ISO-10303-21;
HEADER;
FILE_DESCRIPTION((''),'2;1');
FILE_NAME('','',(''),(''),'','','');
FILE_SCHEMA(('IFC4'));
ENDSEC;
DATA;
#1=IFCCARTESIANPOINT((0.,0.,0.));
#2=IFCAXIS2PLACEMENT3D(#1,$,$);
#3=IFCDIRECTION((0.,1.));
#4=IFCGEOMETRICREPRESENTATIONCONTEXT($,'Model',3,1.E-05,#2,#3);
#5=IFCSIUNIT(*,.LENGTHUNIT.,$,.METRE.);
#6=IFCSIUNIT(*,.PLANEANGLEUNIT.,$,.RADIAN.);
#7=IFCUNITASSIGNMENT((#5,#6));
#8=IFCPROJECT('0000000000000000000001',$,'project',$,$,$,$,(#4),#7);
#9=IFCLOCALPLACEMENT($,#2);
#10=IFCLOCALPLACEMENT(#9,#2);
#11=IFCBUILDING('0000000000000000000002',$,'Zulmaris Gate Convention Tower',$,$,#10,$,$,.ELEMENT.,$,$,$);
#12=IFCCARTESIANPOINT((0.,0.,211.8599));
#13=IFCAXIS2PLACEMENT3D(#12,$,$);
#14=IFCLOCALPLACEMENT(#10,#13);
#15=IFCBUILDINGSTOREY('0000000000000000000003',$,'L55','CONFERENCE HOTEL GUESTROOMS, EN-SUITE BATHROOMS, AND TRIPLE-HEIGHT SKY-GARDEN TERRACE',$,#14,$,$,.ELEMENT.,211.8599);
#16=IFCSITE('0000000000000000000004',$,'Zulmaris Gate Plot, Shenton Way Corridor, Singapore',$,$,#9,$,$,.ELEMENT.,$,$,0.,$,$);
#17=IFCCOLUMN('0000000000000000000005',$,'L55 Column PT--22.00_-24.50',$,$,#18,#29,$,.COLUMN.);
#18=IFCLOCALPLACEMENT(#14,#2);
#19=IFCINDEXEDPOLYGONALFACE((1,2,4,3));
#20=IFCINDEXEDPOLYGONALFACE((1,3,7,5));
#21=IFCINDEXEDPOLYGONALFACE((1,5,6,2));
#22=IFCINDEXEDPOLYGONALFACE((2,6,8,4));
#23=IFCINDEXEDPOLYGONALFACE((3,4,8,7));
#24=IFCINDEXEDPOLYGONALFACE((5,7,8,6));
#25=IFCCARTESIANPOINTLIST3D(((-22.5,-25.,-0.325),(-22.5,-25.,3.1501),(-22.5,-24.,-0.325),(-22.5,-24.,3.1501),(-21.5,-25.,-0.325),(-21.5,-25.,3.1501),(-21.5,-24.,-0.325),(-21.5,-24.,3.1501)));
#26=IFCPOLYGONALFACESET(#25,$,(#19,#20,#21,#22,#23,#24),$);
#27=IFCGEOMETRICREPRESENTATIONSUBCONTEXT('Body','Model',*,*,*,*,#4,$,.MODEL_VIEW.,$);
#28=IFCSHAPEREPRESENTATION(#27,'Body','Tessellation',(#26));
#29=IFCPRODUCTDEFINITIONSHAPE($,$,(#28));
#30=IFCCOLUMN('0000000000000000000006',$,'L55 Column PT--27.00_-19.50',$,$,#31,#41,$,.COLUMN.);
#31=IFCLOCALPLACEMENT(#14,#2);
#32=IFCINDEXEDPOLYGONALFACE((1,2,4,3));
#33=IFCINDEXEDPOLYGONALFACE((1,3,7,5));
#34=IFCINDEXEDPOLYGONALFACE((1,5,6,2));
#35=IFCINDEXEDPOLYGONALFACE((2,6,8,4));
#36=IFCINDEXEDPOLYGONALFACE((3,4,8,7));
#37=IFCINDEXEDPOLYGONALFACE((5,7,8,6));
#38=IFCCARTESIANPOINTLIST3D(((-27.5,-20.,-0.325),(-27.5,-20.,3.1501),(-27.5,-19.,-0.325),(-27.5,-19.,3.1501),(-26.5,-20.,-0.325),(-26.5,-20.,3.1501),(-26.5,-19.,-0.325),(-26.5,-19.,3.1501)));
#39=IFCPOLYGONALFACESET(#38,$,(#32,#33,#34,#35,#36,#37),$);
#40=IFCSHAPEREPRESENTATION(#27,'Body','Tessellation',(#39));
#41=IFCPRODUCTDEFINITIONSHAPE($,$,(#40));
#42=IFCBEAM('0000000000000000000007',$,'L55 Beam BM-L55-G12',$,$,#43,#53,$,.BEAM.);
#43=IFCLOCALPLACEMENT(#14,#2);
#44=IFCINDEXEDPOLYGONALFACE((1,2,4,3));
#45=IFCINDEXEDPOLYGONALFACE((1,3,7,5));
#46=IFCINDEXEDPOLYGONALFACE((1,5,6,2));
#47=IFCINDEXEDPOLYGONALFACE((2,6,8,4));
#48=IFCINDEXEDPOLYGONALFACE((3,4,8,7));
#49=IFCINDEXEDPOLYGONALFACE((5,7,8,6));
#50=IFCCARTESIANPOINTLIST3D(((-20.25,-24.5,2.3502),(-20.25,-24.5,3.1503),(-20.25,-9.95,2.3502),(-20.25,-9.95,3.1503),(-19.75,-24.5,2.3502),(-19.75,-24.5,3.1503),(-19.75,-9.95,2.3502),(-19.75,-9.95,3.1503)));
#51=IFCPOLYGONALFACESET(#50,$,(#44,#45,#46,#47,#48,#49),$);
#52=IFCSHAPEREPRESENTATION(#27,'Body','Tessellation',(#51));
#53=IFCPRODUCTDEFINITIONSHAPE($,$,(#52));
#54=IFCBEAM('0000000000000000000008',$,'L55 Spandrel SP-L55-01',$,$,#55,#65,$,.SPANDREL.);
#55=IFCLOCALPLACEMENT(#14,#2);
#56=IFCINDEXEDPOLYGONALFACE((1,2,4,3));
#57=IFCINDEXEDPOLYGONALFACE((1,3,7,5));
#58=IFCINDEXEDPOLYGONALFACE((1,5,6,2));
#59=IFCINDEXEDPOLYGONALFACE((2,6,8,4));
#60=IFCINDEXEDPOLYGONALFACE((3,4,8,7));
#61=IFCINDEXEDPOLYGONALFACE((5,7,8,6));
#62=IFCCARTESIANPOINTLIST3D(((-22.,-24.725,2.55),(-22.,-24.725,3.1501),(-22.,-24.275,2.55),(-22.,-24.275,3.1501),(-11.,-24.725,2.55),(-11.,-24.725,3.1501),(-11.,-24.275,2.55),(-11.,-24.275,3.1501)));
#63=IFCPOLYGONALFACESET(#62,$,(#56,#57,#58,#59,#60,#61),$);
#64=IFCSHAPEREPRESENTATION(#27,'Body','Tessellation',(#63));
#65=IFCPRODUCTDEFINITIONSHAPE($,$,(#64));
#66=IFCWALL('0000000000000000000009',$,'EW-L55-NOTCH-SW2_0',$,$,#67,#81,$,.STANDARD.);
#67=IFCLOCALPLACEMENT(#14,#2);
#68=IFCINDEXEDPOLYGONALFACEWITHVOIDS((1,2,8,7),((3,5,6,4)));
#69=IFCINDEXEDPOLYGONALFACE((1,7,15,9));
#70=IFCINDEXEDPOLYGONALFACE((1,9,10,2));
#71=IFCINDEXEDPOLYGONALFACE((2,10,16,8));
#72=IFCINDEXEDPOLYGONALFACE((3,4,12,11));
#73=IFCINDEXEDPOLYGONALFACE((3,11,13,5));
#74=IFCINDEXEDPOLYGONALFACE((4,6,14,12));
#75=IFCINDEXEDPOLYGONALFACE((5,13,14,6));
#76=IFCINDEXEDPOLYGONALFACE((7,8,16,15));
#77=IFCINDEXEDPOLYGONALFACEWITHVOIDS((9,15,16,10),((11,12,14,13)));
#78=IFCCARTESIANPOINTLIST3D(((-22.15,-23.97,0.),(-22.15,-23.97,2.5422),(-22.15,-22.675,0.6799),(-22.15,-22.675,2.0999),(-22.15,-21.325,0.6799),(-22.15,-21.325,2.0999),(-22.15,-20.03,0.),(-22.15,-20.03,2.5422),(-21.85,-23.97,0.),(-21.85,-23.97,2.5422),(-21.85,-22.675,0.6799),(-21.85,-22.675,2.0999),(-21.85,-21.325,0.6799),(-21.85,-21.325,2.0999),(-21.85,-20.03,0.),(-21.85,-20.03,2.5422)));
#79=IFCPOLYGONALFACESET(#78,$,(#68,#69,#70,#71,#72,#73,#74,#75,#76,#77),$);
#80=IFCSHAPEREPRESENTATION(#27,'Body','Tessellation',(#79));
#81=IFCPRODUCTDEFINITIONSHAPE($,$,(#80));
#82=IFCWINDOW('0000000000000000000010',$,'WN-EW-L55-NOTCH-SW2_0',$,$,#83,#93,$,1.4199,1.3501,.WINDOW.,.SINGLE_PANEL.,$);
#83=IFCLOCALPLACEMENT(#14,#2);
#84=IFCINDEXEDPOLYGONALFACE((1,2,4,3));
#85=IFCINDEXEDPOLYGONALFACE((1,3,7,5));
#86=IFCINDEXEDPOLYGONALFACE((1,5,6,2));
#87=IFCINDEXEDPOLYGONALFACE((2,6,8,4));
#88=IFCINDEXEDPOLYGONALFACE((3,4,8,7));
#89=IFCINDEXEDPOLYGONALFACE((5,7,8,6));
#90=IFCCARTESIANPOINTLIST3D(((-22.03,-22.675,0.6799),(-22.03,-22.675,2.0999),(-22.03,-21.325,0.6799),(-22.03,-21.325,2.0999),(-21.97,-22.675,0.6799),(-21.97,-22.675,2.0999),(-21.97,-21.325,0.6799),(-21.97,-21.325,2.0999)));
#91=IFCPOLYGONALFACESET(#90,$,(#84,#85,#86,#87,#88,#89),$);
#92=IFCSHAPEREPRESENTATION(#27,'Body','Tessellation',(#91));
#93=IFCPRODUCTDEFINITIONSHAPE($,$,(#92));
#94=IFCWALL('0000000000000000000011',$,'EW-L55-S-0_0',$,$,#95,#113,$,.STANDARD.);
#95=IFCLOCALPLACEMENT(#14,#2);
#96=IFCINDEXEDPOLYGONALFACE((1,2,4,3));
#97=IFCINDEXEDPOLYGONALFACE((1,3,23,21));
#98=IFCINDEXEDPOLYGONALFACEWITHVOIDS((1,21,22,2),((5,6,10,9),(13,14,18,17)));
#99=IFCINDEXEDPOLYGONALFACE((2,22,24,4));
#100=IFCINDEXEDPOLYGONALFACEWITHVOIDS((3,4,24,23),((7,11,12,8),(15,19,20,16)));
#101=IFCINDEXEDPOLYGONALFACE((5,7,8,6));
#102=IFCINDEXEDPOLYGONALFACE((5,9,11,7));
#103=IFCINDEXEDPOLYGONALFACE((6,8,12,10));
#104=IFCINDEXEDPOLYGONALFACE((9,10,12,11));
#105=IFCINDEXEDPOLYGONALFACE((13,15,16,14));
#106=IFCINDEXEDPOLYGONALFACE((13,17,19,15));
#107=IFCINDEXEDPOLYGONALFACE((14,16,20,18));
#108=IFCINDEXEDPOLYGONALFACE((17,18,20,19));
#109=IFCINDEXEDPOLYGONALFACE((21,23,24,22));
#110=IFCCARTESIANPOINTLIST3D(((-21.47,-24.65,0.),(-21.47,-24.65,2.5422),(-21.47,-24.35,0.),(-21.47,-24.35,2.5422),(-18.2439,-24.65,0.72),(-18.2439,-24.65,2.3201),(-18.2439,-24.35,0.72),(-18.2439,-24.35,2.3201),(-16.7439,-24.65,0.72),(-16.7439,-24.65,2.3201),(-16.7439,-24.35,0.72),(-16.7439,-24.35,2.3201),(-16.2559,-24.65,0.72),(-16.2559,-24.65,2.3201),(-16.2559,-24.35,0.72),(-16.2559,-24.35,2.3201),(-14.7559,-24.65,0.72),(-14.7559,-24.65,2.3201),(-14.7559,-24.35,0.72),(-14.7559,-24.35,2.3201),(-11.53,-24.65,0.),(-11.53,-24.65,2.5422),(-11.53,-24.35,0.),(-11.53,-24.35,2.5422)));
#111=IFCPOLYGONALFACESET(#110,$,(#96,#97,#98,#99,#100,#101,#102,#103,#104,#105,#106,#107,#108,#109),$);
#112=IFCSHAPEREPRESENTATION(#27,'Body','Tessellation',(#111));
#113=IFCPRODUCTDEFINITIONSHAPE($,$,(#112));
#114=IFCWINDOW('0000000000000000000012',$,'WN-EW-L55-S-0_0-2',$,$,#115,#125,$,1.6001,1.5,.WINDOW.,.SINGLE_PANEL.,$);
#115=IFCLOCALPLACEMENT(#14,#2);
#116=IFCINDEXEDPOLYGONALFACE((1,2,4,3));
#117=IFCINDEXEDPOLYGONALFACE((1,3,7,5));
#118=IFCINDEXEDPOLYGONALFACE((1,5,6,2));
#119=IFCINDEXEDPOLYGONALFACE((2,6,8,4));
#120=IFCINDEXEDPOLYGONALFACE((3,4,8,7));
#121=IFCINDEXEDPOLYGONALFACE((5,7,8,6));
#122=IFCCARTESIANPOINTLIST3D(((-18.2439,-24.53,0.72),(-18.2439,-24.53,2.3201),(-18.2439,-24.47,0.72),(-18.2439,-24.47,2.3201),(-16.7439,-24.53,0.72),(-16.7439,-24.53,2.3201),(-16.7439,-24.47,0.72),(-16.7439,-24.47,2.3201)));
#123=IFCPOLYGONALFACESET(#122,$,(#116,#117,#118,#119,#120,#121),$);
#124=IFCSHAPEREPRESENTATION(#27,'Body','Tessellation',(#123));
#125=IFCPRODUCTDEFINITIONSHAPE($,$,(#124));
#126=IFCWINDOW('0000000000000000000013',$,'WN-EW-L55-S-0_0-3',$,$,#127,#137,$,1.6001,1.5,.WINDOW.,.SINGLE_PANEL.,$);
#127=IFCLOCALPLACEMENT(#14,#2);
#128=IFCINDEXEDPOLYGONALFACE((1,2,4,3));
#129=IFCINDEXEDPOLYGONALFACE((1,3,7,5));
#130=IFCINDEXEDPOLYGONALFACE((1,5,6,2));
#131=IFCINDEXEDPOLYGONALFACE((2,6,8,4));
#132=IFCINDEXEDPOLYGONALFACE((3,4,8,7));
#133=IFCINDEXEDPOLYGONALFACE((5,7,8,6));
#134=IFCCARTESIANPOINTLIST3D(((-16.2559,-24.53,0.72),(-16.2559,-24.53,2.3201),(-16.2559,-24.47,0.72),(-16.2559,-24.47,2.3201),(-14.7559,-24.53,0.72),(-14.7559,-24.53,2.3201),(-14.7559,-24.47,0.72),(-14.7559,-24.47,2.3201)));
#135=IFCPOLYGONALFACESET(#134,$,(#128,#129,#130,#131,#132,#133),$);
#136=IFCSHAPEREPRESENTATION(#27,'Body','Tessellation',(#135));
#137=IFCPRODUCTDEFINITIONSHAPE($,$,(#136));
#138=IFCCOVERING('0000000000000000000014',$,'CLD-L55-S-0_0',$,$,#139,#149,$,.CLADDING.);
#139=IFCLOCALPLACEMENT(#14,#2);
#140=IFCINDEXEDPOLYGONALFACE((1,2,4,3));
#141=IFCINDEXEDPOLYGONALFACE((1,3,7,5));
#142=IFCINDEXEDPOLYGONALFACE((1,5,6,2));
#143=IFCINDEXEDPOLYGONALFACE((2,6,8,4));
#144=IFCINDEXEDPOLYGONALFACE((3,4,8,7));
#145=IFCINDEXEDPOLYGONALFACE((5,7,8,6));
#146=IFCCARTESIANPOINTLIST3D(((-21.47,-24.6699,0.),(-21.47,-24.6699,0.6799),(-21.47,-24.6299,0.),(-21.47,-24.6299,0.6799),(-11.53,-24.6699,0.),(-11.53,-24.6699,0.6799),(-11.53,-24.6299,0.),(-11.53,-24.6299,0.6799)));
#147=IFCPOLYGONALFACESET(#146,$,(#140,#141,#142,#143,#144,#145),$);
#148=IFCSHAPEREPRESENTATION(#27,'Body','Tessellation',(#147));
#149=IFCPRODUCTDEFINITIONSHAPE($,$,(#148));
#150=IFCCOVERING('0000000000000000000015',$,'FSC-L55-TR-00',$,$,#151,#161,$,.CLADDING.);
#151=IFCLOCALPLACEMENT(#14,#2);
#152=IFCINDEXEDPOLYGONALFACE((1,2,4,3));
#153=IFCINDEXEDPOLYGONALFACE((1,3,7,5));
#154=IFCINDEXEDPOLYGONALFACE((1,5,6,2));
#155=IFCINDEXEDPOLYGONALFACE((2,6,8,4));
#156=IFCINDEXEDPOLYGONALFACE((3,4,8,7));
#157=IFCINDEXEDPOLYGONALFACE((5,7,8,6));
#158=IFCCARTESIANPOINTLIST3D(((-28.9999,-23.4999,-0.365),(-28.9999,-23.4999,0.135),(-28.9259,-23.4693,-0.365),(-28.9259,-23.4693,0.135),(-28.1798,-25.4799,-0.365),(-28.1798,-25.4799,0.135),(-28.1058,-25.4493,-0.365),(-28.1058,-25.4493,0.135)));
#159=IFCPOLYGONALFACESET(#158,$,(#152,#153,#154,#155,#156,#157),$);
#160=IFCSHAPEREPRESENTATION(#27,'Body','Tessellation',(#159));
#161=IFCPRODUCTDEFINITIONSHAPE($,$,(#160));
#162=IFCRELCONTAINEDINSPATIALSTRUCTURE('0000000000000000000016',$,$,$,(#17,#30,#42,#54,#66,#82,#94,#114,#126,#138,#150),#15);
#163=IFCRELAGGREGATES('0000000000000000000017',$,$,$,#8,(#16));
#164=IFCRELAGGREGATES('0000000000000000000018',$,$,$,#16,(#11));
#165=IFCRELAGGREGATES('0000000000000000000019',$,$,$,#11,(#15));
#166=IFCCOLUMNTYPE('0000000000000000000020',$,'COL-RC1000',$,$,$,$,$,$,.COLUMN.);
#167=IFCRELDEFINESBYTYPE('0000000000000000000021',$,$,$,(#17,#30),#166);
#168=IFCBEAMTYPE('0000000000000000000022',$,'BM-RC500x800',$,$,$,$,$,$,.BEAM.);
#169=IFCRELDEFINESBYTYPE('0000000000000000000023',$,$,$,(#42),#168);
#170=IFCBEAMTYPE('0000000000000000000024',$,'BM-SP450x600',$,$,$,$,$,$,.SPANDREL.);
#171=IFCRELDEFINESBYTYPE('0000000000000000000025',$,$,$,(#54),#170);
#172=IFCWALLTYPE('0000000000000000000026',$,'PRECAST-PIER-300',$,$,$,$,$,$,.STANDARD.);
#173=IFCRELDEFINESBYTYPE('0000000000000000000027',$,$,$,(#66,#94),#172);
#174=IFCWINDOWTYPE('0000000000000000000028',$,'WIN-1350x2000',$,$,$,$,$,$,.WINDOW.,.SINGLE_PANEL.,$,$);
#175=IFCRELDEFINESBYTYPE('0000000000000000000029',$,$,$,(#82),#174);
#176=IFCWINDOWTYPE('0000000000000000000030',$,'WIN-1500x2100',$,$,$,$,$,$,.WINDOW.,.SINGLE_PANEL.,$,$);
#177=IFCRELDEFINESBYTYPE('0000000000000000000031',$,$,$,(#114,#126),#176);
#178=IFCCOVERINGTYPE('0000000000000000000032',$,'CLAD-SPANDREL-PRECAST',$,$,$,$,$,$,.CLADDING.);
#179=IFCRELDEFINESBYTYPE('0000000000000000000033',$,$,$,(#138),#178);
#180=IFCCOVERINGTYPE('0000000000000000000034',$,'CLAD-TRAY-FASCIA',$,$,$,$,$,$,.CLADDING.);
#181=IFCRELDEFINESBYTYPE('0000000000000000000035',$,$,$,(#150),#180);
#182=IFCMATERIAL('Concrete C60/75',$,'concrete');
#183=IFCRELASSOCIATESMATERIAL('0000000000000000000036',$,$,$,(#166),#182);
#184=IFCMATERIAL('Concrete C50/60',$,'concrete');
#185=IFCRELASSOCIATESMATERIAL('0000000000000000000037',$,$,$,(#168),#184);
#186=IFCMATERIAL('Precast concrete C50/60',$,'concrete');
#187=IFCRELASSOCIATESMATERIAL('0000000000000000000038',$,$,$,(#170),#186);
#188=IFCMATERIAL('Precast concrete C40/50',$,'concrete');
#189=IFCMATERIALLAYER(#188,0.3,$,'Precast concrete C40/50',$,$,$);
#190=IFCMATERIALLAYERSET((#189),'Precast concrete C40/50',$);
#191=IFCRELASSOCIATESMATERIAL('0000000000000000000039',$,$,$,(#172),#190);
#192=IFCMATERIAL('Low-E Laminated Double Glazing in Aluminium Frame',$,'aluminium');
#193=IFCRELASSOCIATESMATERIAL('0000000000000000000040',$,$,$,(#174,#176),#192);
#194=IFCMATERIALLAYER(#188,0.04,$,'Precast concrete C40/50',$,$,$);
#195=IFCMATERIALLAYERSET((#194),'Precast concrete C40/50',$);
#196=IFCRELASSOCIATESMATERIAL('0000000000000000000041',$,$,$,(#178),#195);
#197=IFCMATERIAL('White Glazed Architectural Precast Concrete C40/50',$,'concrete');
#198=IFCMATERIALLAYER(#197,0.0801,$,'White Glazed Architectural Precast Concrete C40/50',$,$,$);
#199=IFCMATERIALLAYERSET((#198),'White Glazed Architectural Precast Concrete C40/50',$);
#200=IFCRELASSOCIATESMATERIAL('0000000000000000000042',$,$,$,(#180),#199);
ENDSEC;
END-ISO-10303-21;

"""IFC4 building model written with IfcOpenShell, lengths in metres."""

from ifc_helpers import new_model, si_unit, direction, frame, frame_2d, origin, origin_2d, place, context, subcontext, project, spatial, rectangle, extrude, material, layer, layer_set, material_profile, profile_set, type_object, element, fill, save


model = new_model("IFC4")

# Units and contexts
model_context = context("Model", 3, precision=1e-05, world=origin(), true_north=direction((0.0, 1.0)))
body_context = subcontext(model_context, "Body", "Model", "MODEL_VIEW")
ifc_project = project(units=[si_unit("LENGTHUNIT", "METRE"), si_unit("PLANEANGLEUNIT", "RADIAN")], contexts=[model_context])

# Site, building, storey
site_placement = place(None, origin())
site = spatial("IfcSite", under=ifc_project, at=site_placement, Name="Zulmaris Gate Plot, Shenton Way Corridor, Singapore", CompositionType="ELEMENT", RefElevation=0.0)
building_placement = place(site_placement, origin())
building = spatial("IfcBuilding", under=site, at=building_placement, Name="Zulmaris Gate Convention Tower", CompositionType="ELEMENT")
storey_placement = place(building_placement, frame((0.0, 0.0, 211.8599)))
storey = spatial("IfcBuildingStorey", under=building, at=storey_placement, Name="L55", Description="CONFERENCE HOTEL GUESTROOMS, EN-SUITE BATHROOMS, AND TRIPLE-HEIGHT SKY-GARDEN TERRACE", CompositionType="ELEMENT", Elevation=211.8599)

# Columns
ifc_material_1 = material(Name="Concrete C60/75", Category="concrete")
ifc_material_profile_1 = material_profile(ifc_material_1, rectangle(XDim=1.0, YDim=1.0, at=origin_2d()), Name="RC COL 1000x1000")
ifc_profile_set_1 = profile_set([ifc_material_profile_1], Name="Concrete C60/75")
column_type = type_object("IfcColumnType", Name="COL-RC1000", PredefinedType="COLUMN", material=ifc_profile_set_1)
for number, where, z_axis, x_axis, name in (
    (1, (-22.0, -24.5, -0.325), (0.0, 0.0, 1.0), (1.0, 0.0, 0.0), "L55 Column PT--22.00_-24.50"),
    (2, (-27.0, -19.5, -0.325), (0.0, 0.0, 1.0), (1.0, 0.0, 0.0), "L55 Column PT--27.00_-19.50"),
):
    element("IfcColumn", number, at=place(storey_placement, frame(where, z_axis=z_axis, x_axis=x_axis)), inside=storey, type_object=column_type, Name=name, PredefinedType="COLUMN", context=body_context, shape_type="SweptSolid", body=[
        extrude(rectangle(XDim=1.0, YDim=1.0, at=origin_2d()), origin(), (0.0, 0.0, 1.0), 3.4751),
    ])

# Beams
ifc_material_2 = material(Name="Concrete C50/60", Category="concrete")
ifc_material_profile_2 = material_profile(ifc_material_2, rectangle(XDim=0.5, YDim=0.8, at=origin_2d()), Name="RC BEAM 500x800")
ifc_profile_set_2 = profile_set([ifc_material_profile_2], Name="Concrete C50/60")
beam_type_1 = type_object("IfcBeamType", Name="BM-RC500x800", PredefinedType="BEAM", material=ifc_profile_set_2)
beam_1_placement = place(storey_placement, frame((-20.0, -24.5, 2.7502), z_axis=(0.0, 1.0, 0.0), x_axis=(-1.0, 0.0, 0.0)))
element("IfcBeam", 3, at=beam_1_placement, inside=storey, type_object=beam_type_1, Name="L55 Beam BM-L55-G12", PredefinedType="BEAM", context=body_context, shape_type="SweptSolid", body=[
    extrude(rectangle(XDim=0.5, YDim=0.8, at=origin_2d()), origin(), (0.0, 0.0, 1.0), 14.55),
])
ifc_material_3 = material(Name="Precast concrete C50/60", Category="concrete")
ifc_material_profile_3 = material_profile(ifc_material_3, rectangle(XDim=0.45, YDim=0.6001, at=origin_2d()), Name="RC SPANDREL 450x600")
ifc_profile_set_3 = profile_set([ifc_material_profile_3], Name="Precast concrete C50/60")
beam_type_2 = type_object("IfcBeamType", Name="BM-SP450x600", PredefinedType="SPANDREL", material=ifc_profile_set_3)
beam_2_placement = place(storey_placement, frame((-22.0, -24.5, 2.8501), z_axis=(1.0, 0.0, 0.0), x_axis=(0.0, 1.0, 0.0)))
element("IfcBeam", 4, at=beam_2_placement, inside=storey, type_object=beam_type_2, Name="L55 Spandrel SP-L55-01", PredefinedType="SPANDREL", context=body_context, shape_type="SweptSolid", body=[
    extrude(rectangle(XDim=0.45, YDim=0.6001, at=origin_2d()), origin(), (0.0, 0.0, 1.0), 11.0),
])

# Wall, opening, window
ifc_material_4 = material(Name="Precast concrete C40/50", Category="concrete")
ifc_layer_1 = layer(ifc_material_4, 0.3, Name="Precast concrete C40/50")
ifc_layer_set_1 = layer_set([ifc_layer_1], Name="Precast concrete C40/50")
wall_type = type_object("IfcWallType", Name="PRECAST-PIER-300", PredefinedType="STANDARD", material=ifc_layer_set_1)
wall_1_placement = place(storey_placement, frame((-22.0, -20.03, 0.0), z_axis=(0.0, 0.0, 1.0), x_axis=(0.0, -1.0, 0.0)))
wall_1 = element("IfcWall", 5, at=wall_1_placement, inside=storey, type_object=wall_type, Name="EW-L55-NOTCH-SW2_0", PredefinedType="STANDARD", context=body_context, shape_type="SweptSolid", body=[
    extrude(rectangle(XDim=3.9399, YDim=0.3, at=frame_2d((1.97, 0.0))), origin(), (0.0, 0.0, 1.0), 2.5422),
])
opening_1_placement = place(wall_1_placement, frame((1.2949, 0.0, 0.6799)))
opening_1 = element("IfcOpeningElement", 6, at=opening_1_placement, cuts=wall_1, PredefinedType="OPENING", context=body_context, shape_type="SweptSolid", body=[
    extrude(rectangle(XDim=1.3501, YDim=1.4199, at=frame_2d((0.675, 0.71))), frame((0.0, 0.1602, 0.0), z_axis=(0.0, -1.0, 0.0), x_axis=(1.0, 0.0, 0.0)), (0.0, 0.0, 1.0), 0.3201),
])
ifc_material_5 = material(Name="Low-E Laminated Double Glazing in Aluminium Frame", Category="aluminium")
window_type_1 = type_object("IfcWindowType", Name="WIN-1350x2000", PartitioningType="SINGLE_PANEL", PredefinedType="WINDOW", material=ifc_material_5)
window_1_placement = place(opening_1_placement, origin())
window_1 = element("IfcWindow", 7, at=window_1_placement, inside=storey, type_object=window_type_1, Name="WN-EW-L55-NOTCH-SW2_0", OverallHeight=1.4199, OverallWidth=1.3501, PartitioningType="SINGLE_PANEL", PredefinedType="WINDOW", context=body_context, shape_type="SweptSolid", body=[
    extrude(rectangle(XDim=1.3501, YDim=1.4199, at=frame_2d((0.675, 0.71))), frame((0.0, 0.03, 0.0), z_axis=(0.0, -1.0, 0.0), x_axis=(1.0, 0.0, 0.0)), (0.0, 0.0, 1.0), 0.0601),
])
fill(opening_1, window_1)

# Wall, openings, windows
wall_2_placement = place(storey_placement, frame((-21.47, -24.5, 0.0), z_axis=(0.0, 0.0, 1.0), x_axis=(1.0, 0.0, 0.0)))
wall_2 = element("IfcWall", 8, at=wall_2_placement, inside=storey, type_object=wall_type, Name="EW-L55-S-0_0", PredefinedType="STANDARD", context=body_context, shape_type="SweptSolid", body=[
    extrude(rectangle(XDim=9.9399, YDim=0.3, at=frame_2d((4.97, 0.0))), origin(), (0.0, 0.0, 1.0), 2.5422),
])
opening_2_placement = place(wall_2_placement, frame((3.2261, 0.0, 0.72)))
opening_2 = element("IfcOpeningElement", 9, at=opening_2_placement, cuts=wall_2, PredefinedType="OPENING", context=body_context, shape_type="SweptSolid", body=[
    extrude(rectangle(XDim=1.5, YDim=1.6001, at=frame_2d((0.75, 0.8))), frame((0.0, 0.1602, 0.0), z_axis=(0.0, -1.0, 0.0), x_axis=(1.0, 0.0, 0.0)), (0.0, 0.0, 1.0), 0.3201),
])
opening_3_placement = place(wall_2_placement, frame((5.2141, 0.0, 0.72)))
opening_3 = element("IfcOpeningElement", 10, at=opening_3_placement, cuts=wall_2, PredefinedType="OPENING", context=body_context, shape_type="SweptSolid", body=[
    extrude(rectangle(XDim=1.5, YDim=1.6001, at=frame_2d((0.75, 0.8))), frame((0.0, 0.1602, 0.0), z_axis=(0.0, -1.0, 0.0), x_axis=(1.0, 0.0, 0.0)), (0.0, 0.0, 1.0), 0.3201),
])
window_type_2 = type_object("IfcWindowType", Name="WIN-1500x2100", PartitioningType="SINGLE_PANEL", PredefinedType="WINDOW", material=ifc_material_5)
window_2_placement = place(opening_2_placement, origin())
window_2 = element("IfcWindow", 11, at=window_2_placement, inside=storey, type_object=window_type_2, Name="WN-EW-L55-S-0_0-2", OverallHeight=1.6001, OverallWidth=1.5, PartitioningType="SINGLE_PANEL", PredefinedType="WINDOW", context=body_context, shape_type="SweptSolid", body=[
    extrude(rectangle(XDim=1.5, YDim=1.6001, at=frame_2d((0.75, 0.8))), frame((0.0, 0.03, 0.0), z_axis=(0.0, -1.0, 0.0), x_axis=(1.0, 0.0, 0.0)), (0.0, 0.0, 1.0), 0.0601),
])
fill(opening_2, window_2)
window_3_placement = place(opening_3_placement, origin())
window_3 = element("IfcWindow", 12, at=window_3_placement, inside=storey, type_object=window_type_2, Name="WN-EW-L55-S-0_0-3", OverallHeight=1.6001, OverallWidth=1.5, PartitioningType="SINGLE_PANEL", PredefinedType="WINDOW", context=body_context, shape_type="SweptSolid", body=[
    extrude(rectangle(XDim=1.5, YDim=1.6001, at=frame_2d((0.75, 0.8))), frame((0.0, 0.03, 0.0), z_axis=(0.0, -1.0, 0.0), x_axis=(1.0, 0.0, 0.0)), (0.0, 0.0, 1.0), 0.0601),
])
fill(opening_3, window_3)

# Coverings
ifc_layer_2 = layer(ifc_material_4, 0.04, Name="Precast concrete C40/50")
ifc_layer_set_2 = layer_set([ifc_layer_2], Name="Precast concrete C40/50")
covering_type_1 = type_object("IfcCoveringType", Name="CLAD-SPANDREL-PRECAST", PredefinedType="CLADDING", material=ifc_layer_set_2)
covering_1_placement = place(storey_placement, frame((-21.47, -24.6499, 0.0), z_axis=(0.0, 0.0, 1.0), x_axis=(1.0, 0.0, 0.0)))
element("IfcCovering", 13, at=covering_1_placement, inside=storey, type_object=covering_type_1, Name="CLD-L55-S-0_0", PredefinedType="CLADDING", context=body_context, shape_type="SweptSolid", body=[
    extrude(rectangle(XDim=9.9399, YDim=0.04, at=frame_2d((4.97, 0.0))), origin(), (0.0, 0.0, 1.0), 0.6799),
])
ifc_material_6 = material(Name="White Glazed Architectural Precast Concrete C40/50", Category="concrete")
ifc_layer_3 = layer(ifc_material_6, 0.0801, Name="White Glazed Architectural Precast Concrete C40/50")
ifc_layer_set_3 = layer_set([ifc_layer_3], Name="White Glazed Architectural Precast Concrete C40/50")
covering_type_2 = type_object("IfcCoveringType", Name="CLAD-TRAY-FASCIA", PredefinedType="CLADDING", material=ifc_layer_set_3)
covering_2_placement = place(storey_placement, frame((-28.9629, -23.4846, -0.365), z_axis=(0.0, 0.0, 1.0), x_axis=(0.382657, -0.92389, 0.0)))
element("IfcCovering", 14, at=covering_2_placement, inside=storey, type_object=covering_type_2, Name="FSC-L55-TR-00", PredefinedType="CLADDING", context=body_context, shape_type="SweptSolid", body=[
    extrude(rectangle(XDim=2.1431, YDim=0.0801, at=frame_2d((1.0715, 0.0))), origin(), (0.0, 0.0, 1.0), 0.5),
])

save(model, "model.ifc")
